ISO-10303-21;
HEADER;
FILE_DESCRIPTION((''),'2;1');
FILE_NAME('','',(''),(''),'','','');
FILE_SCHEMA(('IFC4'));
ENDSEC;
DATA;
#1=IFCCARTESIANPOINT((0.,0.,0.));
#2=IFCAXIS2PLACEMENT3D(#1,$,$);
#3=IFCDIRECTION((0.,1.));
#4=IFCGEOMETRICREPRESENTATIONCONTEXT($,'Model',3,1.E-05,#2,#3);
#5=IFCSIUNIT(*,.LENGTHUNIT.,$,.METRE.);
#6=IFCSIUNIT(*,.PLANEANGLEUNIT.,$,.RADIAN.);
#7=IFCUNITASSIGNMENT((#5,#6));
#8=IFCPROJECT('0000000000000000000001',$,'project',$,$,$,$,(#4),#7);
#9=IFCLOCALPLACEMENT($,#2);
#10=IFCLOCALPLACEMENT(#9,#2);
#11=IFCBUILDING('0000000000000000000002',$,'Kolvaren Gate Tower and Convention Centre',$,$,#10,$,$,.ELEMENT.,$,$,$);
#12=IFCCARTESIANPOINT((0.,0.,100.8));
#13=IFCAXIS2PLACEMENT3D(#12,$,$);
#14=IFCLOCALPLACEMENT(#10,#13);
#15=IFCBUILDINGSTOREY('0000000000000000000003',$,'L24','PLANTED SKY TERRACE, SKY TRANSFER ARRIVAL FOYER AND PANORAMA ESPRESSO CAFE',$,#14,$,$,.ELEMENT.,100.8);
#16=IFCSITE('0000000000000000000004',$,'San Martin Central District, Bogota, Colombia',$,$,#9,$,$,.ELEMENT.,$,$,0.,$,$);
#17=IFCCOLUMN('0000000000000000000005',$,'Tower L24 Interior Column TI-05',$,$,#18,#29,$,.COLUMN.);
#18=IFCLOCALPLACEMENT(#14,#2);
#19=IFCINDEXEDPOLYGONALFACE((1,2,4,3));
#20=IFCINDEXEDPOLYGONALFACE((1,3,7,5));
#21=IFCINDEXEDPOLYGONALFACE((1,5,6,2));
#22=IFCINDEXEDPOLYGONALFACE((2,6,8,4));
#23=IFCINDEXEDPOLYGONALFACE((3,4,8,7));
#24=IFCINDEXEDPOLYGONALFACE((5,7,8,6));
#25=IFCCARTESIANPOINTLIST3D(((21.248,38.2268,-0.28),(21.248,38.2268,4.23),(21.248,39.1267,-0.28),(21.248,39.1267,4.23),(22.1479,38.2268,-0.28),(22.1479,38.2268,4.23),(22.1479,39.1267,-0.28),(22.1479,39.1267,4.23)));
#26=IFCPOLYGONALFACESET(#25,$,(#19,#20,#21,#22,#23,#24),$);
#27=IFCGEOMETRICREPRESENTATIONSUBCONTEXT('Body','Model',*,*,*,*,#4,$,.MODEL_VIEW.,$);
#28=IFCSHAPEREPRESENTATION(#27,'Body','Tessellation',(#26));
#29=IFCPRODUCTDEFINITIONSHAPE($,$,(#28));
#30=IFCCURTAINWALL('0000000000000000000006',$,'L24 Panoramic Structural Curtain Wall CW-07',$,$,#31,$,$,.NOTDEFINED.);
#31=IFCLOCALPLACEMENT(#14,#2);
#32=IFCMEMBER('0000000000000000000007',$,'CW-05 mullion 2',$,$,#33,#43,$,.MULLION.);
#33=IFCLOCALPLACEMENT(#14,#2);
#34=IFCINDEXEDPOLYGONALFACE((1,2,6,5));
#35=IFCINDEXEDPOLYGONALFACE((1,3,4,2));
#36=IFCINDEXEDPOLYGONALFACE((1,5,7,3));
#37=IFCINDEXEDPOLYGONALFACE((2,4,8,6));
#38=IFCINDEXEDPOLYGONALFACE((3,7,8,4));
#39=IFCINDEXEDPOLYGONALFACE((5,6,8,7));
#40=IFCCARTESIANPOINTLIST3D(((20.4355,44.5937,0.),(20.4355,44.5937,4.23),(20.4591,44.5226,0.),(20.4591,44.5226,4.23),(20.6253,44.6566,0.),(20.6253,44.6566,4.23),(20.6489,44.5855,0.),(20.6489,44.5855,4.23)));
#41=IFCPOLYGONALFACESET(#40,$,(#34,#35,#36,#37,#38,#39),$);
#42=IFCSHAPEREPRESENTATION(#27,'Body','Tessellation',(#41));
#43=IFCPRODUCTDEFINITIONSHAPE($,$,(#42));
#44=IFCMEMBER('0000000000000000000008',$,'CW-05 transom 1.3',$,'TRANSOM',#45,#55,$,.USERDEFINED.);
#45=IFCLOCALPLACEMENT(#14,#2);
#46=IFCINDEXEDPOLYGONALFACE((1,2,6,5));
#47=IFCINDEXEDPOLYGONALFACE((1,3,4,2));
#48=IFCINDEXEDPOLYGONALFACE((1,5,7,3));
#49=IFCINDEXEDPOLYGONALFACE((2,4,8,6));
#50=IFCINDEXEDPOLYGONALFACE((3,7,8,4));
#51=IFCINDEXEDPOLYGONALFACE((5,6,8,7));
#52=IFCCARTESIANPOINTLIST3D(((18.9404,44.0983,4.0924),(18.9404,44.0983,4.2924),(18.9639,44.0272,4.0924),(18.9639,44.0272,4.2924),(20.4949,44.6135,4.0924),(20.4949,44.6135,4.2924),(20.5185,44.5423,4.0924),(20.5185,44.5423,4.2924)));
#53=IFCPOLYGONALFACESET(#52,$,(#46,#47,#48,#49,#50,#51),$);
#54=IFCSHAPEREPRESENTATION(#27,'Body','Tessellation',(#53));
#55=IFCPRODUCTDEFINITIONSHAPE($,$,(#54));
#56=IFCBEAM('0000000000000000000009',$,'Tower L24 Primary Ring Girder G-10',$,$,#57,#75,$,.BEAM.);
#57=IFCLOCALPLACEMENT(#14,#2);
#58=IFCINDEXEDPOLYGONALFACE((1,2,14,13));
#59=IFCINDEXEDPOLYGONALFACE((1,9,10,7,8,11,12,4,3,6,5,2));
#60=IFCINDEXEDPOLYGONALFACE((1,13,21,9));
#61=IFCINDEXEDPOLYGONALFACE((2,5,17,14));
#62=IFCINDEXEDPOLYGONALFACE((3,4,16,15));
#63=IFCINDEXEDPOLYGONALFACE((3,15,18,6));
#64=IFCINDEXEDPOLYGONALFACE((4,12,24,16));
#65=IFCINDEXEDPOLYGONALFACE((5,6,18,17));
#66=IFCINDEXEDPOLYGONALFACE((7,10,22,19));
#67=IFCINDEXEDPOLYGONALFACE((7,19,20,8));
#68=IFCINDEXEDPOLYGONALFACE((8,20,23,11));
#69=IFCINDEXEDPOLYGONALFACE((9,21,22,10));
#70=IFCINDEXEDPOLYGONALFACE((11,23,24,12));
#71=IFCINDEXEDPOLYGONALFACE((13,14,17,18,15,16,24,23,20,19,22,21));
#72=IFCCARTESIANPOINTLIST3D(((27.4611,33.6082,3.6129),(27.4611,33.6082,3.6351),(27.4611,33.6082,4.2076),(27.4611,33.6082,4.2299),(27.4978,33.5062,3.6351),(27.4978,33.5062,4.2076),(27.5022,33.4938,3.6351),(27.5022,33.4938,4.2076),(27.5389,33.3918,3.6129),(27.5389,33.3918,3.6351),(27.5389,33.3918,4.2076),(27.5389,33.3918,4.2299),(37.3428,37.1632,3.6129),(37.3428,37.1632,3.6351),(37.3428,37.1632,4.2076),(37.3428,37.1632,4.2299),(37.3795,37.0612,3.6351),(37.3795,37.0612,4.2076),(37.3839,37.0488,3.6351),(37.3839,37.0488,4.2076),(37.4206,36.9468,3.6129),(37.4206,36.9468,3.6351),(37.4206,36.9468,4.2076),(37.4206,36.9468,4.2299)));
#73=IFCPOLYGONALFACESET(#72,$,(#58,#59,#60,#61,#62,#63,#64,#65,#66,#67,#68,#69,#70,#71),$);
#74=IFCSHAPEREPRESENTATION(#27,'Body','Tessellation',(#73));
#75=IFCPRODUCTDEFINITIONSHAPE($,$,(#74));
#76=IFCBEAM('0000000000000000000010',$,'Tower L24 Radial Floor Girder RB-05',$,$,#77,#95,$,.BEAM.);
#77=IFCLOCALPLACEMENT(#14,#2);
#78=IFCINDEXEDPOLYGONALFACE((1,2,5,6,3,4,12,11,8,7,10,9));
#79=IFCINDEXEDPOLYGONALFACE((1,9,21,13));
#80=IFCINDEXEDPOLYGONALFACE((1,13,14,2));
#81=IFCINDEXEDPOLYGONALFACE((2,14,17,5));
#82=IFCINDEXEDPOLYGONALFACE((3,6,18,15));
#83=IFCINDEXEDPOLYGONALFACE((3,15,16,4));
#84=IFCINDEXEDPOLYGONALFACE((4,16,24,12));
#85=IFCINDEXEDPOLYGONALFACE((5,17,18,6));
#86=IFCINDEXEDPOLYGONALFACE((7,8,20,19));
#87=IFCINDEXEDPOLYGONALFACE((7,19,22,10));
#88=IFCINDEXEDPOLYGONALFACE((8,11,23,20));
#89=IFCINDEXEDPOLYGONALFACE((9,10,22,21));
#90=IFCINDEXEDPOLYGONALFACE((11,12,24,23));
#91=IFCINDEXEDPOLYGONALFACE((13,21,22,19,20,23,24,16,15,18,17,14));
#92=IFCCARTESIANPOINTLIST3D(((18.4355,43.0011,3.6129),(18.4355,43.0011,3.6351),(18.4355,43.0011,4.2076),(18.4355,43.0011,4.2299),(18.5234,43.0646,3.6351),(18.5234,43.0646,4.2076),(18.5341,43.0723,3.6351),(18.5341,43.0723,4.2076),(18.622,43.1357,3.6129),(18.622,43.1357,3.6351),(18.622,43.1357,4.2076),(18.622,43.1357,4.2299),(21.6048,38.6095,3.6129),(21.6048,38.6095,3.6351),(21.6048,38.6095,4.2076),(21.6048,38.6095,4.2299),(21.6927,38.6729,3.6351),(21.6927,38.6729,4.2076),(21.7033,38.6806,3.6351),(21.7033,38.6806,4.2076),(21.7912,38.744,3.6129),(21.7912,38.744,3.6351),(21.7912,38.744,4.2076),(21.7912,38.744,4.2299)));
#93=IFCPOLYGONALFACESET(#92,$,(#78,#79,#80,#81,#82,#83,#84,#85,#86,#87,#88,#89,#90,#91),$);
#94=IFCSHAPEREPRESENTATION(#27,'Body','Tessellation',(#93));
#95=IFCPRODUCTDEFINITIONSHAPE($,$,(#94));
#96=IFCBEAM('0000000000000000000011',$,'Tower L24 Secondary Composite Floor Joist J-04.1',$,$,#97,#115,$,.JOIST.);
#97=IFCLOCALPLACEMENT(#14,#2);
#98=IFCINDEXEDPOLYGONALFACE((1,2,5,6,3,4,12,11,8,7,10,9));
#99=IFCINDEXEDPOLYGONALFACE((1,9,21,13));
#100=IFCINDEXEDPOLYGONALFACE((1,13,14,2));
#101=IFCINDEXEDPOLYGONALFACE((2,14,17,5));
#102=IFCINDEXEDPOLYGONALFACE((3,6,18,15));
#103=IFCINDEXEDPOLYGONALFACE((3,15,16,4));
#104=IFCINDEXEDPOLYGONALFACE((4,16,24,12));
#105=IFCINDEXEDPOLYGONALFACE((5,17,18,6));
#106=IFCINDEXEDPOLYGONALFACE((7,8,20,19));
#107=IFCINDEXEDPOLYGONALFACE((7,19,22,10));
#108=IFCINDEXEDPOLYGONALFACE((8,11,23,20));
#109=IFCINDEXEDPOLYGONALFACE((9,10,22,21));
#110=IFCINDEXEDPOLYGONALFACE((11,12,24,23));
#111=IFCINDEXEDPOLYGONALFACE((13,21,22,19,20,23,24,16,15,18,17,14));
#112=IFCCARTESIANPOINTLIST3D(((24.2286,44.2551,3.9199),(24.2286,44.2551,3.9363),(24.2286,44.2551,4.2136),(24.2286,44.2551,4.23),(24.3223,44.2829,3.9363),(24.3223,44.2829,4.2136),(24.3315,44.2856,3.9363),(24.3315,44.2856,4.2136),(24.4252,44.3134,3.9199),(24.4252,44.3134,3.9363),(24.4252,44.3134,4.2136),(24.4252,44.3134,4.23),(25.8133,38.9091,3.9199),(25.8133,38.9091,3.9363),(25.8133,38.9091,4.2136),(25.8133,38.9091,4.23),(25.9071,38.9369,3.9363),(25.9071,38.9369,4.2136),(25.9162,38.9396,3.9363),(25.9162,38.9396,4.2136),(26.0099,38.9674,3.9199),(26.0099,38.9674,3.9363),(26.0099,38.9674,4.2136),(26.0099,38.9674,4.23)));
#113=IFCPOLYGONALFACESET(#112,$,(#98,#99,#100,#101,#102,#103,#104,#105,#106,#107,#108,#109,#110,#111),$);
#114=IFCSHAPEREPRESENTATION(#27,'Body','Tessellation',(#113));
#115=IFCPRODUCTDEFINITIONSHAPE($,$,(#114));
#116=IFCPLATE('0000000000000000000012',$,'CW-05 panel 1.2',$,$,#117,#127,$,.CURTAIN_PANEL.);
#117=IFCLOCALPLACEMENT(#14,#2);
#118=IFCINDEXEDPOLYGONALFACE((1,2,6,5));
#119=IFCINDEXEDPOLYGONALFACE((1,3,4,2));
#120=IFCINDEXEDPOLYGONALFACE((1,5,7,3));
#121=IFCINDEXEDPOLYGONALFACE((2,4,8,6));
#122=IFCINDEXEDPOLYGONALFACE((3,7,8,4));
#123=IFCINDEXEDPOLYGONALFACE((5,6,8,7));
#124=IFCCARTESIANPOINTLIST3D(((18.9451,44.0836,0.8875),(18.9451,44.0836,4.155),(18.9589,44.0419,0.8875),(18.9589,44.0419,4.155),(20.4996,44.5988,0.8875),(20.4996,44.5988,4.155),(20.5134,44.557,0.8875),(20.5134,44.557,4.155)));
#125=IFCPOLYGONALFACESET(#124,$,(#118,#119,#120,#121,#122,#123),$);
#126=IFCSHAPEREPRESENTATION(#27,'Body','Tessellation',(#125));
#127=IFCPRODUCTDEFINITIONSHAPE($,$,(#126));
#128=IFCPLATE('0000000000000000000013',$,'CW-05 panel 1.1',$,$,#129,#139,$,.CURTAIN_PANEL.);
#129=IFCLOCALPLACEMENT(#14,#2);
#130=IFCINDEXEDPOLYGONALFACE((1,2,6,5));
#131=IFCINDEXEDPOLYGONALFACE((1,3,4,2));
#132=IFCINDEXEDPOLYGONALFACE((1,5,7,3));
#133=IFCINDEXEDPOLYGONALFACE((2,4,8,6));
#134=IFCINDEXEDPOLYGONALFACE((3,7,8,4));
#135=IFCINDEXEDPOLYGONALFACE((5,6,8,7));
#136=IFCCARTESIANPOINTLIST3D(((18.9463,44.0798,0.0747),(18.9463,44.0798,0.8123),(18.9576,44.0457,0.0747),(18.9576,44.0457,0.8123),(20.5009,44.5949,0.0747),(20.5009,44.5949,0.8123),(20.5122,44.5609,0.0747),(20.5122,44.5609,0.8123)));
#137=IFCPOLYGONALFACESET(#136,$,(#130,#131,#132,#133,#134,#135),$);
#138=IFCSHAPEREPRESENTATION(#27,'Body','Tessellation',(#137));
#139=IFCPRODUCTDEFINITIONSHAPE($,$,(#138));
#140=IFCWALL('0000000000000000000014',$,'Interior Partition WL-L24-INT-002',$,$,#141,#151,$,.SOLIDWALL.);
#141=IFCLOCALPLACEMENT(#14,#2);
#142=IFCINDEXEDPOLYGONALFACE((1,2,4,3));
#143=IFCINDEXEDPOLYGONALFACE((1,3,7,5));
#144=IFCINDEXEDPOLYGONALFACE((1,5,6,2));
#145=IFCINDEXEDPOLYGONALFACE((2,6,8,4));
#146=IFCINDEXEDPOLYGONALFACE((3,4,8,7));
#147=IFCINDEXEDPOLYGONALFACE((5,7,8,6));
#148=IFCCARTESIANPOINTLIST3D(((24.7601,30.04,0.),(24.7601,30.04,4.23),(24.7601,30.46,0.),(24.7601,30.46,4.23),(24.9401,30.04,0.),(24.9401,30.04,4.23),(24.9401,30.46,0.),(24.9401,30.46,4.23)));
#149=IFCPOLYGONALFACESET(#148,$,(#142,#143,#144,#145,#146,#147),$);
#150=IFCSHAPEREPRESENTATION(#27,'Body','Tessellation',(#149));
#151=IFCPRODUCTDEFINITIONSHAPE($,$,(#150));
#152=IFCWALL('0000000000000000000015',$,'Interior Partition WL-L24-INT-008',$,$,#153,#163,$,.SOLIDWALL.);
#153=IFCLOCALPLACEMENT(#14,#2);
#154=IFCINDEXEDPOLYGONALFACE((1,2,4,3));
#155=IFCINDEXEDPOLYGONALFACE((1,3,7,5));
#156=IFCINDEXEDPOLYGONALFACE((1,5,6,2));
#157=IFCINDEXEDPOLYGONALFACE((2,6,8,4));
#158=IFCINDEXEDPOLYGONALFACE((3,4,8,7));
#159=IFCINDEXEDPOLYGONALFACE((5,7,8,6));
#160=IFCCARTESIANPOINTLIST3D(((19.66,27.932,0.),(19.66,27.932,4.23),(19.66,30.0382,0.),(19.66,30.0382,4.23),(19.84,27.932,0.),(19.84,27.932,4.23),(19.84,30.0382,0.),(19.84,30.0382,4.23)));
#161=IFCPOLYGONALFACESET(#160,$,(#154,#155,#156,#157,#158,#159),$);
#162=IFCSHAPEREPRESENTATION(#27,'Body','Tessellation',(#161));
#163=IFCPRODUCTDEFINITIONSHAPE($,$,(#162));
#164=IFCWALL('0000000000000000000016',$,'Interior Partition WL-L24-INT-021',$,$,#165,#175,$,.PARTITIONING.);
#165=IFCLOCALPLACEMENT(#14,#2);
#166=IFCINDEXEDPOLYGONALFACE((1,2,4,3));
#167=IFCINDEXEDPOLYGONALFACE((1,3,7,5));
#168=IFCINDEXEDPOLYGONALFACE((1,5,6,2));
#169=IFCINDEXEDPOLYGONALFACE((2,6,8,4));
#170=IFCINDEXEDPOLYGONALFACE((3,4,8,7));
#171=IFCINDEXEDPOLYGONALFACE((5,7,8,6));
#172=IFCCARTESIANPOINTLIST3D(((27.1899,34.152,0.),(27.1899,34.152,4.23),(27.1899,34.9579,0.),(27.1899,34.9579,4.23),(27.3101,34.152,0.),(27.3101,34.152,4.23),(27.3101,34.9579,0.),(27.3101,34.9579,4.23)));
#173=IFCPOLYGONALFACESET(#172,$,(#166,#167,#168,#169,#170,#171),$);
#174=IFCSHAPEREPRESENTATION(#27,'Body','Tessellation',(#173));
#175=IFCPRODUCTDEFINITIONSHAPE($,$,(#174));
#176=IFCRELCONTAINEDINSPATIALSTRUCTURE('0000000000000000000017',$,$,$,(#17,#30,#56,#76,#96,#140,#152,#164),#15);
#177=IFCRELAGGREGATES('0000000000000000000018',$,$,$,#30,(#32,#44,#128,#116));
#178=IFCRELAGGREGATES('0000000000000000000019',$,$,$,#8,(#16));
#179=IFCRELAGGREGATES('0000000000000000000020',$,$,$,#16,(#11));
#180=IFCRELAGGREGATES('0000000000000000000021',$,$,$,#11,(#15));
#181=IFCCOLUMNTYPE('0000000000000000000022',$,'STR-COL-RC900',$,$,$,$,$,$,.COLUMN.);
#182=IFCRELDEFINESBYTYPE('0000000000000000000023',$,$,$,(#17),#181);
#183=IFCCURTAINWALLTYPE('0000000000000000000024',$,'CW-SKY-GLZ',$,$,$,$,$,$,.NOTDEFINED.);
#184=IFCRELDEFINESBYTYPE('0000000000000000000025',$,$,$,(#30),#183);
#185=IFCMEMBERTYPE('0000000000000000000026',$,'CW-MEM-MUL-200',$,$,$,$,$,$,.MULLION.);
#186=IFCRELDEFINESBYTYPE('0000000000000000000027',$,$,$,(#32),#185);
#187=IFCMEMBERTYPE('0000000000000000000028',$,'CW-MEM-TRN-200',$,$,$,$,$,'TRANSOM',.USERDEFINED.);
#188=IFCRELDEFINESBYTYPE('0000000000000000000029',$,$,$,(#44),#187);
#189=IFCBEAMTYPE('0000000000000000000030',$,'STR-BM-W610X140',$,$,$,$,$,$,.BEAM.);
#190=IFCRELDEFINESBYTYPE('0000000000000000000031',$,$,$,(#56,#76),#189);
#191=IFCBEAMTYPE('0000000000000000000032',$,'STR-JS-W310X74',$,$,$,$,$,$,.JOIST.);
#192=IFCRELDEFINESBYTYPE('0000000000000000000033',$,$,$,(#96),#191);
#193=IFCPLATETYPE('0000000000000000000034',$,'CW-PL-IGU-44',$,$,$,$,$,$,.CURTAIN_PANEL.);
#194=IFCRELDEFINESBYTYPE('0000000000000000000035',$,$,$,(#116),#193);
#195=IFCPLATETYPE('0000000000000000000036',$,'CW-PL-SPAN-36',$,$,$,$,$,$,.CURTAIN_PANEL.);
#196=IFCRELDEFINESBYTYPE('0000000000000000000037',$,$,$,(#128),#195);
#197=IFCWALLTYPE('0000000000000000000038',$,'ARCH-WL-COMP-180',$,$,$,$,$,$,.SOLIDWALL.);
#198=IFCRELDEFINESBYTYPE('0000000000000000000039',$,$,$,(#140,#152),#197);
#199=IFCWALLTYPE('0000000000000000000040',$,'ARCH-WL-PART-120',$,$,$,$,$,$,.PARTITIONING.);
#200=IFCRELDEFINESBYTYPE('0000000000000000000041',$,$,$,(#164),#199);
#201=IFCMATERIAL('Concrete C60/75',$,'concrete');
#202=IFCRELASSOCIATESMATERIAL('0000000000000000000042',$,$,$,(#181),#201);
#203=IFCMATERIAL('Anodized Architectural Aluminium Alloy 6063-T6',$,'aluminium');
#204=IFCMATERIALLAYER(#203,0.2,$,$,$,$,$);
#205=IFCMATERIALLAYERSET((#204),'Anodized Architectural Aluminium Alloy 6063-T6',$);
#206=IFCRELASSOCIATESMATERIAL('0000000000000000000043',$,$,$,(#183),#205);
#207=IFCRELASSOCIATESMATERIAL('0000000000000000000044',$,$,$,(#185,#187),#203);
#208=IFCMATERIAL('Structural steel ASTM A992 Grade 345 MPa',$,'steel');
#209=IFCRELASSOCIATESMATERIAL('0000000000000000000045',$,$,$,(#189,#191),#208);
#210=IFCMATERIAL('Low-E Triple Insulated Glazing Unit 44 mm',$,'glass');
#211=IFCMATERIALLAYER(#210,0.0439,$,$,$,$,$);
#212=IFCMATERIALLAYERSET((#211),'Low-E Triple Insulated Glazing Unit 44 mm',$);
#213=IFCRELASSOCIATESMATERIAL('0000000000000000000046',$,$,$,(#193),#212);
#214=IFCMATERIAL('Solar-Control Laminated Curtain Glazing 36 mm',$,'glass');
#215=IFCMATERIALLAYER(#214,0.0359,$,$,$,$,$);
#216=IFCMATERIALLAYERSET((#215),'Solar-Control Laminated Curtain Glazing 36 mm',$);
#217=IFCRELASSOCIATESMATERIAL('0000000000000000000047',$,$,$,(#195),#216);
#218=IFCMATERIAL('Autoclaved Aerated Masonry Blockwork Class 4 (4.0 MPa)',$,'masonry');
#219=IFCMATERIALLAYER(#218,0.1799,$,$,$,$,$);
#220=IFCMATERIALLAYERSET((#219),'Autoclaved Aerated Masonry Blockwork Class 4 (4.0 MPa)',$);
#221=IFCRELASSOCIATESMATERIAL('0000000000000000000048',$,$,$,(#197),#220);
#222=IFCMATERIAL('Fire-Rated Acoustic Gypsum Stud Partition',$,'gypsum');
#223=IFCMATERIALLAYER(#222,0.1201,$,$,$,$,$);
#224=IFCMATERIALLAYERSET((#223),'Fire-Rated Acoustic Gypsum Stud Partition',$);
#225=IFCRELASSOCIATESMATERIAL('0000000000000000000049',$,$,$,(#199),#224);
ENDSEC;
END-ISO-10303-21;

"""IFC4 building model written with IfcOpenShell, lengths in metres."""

from ifc_helpers import new_model, si_unit, direction, frame, frame_2d, origin, origin_2d, place, context, subcontext, project, spatial, rectangle, i_section, extrude, material, layer, layer_set, material_profile, profile_set, type_object, element, aggregate, save


model = new_model("IFC4")

# Units and contexts
model_context = context("Model", 3, precision=1e-05, world=origin(), true_north=direction((0.0, 1.0)))
body_context = subcontext(model_context, "Body", "Model", "MODEL_VIEW")
ifc_project = project(units=[si_unit("LENGTHUNIT", "METRE"), si_unit("PLANEANGLEUNIT", "RADIAN")], contexts=[model_context])

# Site, building, storey
site_placement = place(None, origin())
site = spatial("IfcSite", under=ifc_project, at=site_placement, Name="San Martin Central District, Bogota, Colombia", CompositionType="ELEMENT", RefElevation=0.0)
building_placement = place(site_placement, origin())
building = spatial("IfcBuilding", under=site, at=building_placement, Name="Kolvaren Gate Tower and Convention Centre", CompositionType="ELEMENT")
storey_placement = place(building_placement, frame((0.0, 0.0, 100.8)))
storey = spatial("IfcBuildingStorey", under=building, at=storey_placement, Name="L24", Description="PLANTED SKY TERRACE, SKY TRANSFER ARRIVAL FOYER AND PANORAMA ESPRESSO CAFE", CompositionType="ELEMENT", Elevation=100.8)

# Column
ifc_material_1 = material(Name="Concrete C60/75", Category="concrete")
ifc_material_profile_1 = material_profile(ifc_material_1, rectangle(XDim=0.8999, YDim=0.8999, at=origin_2d()), Name="RC-COL-900X900")
ifc_profile_set_1 = profile_set([ifc_material_profile_1], Name="Concrete C60/75")
column_type = type_object("IfcColumnType", Name="STR-COL-RC900", PredefinedType="COLUMN", material=ifc_profile_set_1)
column_placement = place(storey_placement, frame((21.698, 38.6768, -0.28), z_axis=(0.0, 0.0, 1.0), x_axis=(1.0, 0.0, 0.0)))
element("IfcColumn", 1, at=column_placement, inside=storey, type_object=column_type, Name="Tower L24 Interior Column TI-05", PredefinedType="COLUMN", context=body_context, shape_type="SweptSolid", body=[
    extrude(rectangle(XDim=0.8999, YDim=0.8999, at=origin_2d()), origin(), (0.0, 0.0, 1.0), 4.51),
])

# Curtain wall, members
ifc_material_2 = material(Name="Anodized Architectural Aluminium Alloy 6063-T6", Category="aluminium")
ifc_layer_1 = layer(ifc_material_2, 0.2)
ifc_layer_set_1 = layer_set([ifc_layer_1], Name="Anodized Architectural Aluminium Alloy 6063-T6")
curtain_wall_type = type_object("IfcCurtainWallType", Name="CW-SKY-GLZ", PredefinedType="NOTDEFINED", material=ifc_layer_set_1)
curtain_wall_placement = place(storey_placement, origin())
curtain_wall = element("IfcCurtainWall", 2, at=curtain_wall_placement, inside=storey, type_object=curtain_wall_type, Name="L24 Panoramic Structural Curtain Wall CW-07", PredefinedType="NOTDEFINED")
ifc_material_profile_2 = material_profile(ifc_material_2, rectangle(XDim=0.075, YDim=0.2, at=origin_2d()), Name="CW-MEM-MUL-200")
ifc_profile_set_2 = profile_set([ifc_material_profile_2], Name="Anodized Architectural Aluminium Alloy 6063-T6")
member_type_1 = type_object("IfcMemberType", Name="CW-MEM-MUL-200", PredefinedType="MULLION", material=ifc_profile_set_2)
member_1_placement = place(storey_placement, frame((20.5422, 44.5896, 0.0), z_axis=(0.0, 0.0, 1.0), x_axis=(-0.314565, 0.949236, 0.0)))
member_1 = element("IfcMember", 3, at=member_1_placement, type_object=member_type_1, Name="CW-05 mullion 2", PredefinedType="MULLION", context=body_context, shape_type="SweptSolid", body=[
    extrude(rectangle(XDim=0.075, YDim=0.2, at=origin_2d()), origin(), (0.0, 0.0, 1.0), 4.23),
])
ifc_material_profile_3 = material_profile(ifc_material_2, rectangle(XDim=0.075, YDim=0.2, at=origin_2d()), Name="CW-MEM-TRN-200")
ifc_profile_set_3 = profile_set([ifc_material_profile_3], Name="Anodized Architectural Aluminium Alloy 6063-T6")
member_type_2 = type_object("IfcMemberType", Name="CW-MEM-TRN-200", ElementType="TRANSOM", PredefinedType="USERDEFINED", material=ifc_profile_set_3)
member_2_placement = place(storey_placement, frame((18.9521, 44.0627, 4.1924), z_axis=(0.949233, 0.314572, 0.0), x_axis=(-0.314572, 0.949233, 0.0)))
member_2 = element("IfcMember", 4, at=member_2_placement, type_object=member_type_2, Name="CW-05 transom 1.3", ObjectType="TRANSOM", PredefinedType="USERDEFINED", context=body_context, shape_type="SweptSolid", body=[
    extrude(rectangle(XDim=0.075, YDim=0.2, at=origin_2d()), origin(), (0.0, 0.0, 1.0), 1.6377),
])

# Beams
ifc_material_3 = material(Name="Structural steel ASTM A992 Grade 345 MPa", Category="steel")
ifc_material_profile_4 = material_profile(ifc_material_3, i_section(OverallWidth=0.23, OverallDepth=0.6169, WebThickness=0.0132, FlangeThickness=0.0222, at=origin_2d()), Name="W610X140")
ifc_profile_set_4 = profile_set([ifc_material_profile_4], Name="Structural steel ASTM A992 Grade 345 MPa")
beam_type_1 = type_object("IfcBeamType", Name="STR-BM-W610X140", PredefinedType="BEAM", material=ifc_profile_set_4)
beam_1_placement = place(storey_placement, frame((27.5, 33.5, 3.9214), z_axis=(0.940961, 0.338514, 0.0), x_axis=(-0.338514, 0.940961, 0.0)))
element("IfcBeam", 5, at=beam_1_placement, inside=storey, type_object=beam_type_1, Name="Tower L24 Primary Ring Girder G-10", PredefinedType="BEAM", context=body_context, shape_type="SweptSolid", body=[
    extrude(i_section(OverallWidth=0.23, OverallDepth=0.6169, WebThickness=0.0132, FlangeThickness=0.0222, at=origin_2d()), origin(), (0.0, 0.0, 1.0), 10.5017),
])
beam_2_placement = place(storey_placement, frame((21.698, 38.6768, 3.9214), z_axis=(-0.585184, 0.8109, 0.0), x_axis=(-0.8109, -0.585184, 0.0)))
element("IfcBeam", 6, at=beam_2_placement, inside=storey, type_object=beam_type_1, Name="Tower L24 Radial Floor Girder RB-05", PredefinedType="BEAM", context=body_context, shape_type="SweptSolid", body=[
    extrude(i_section(OverallWidth=0.23, OverallDepth=0.6169, WebThickness=0.0132, FlangeThickness=0.0222, at=origin_2d()), origin(), (0.0, 0.0, 1.0), 5.4158),
])
ifc_material_profile_5 = material_profile(ifc_material_3, i_section(OverallWidth=0.2051, OverallDepth=0.3101, WebThickness=0.0095, FlangeThickness=0.0164, at=origin_2d()), Name="W310X74")
ifc_profile_set_5 = profile_set([ifc_material_profile_5], Name="Structural steel ASTM A992 Grade 345 MPa")
beam_type_2 = type_object("IfcBeamType", Name="STR-JS-W310X74", PredefinedType="JOIST", material=ifc_profile_set_5)
beam_3_placement = place(storey_placement, frame((25.9116, 38.9382, 4.075), z_axis=(-0.284209, 0.958762, 0.0), x_axis=(-0.958762, -0.284209, 0.0)))
element("IfcBeam", 7, at=beam_3_placement, inside=storey, type_object=beam_type_2, Name="Tower L24 Secondary Composite Floor Joist J-04.1", PredefinedType="JOIST", context=body_context, shape_type="SweptSolid", body=[
    extrude(i_section(OverallWidth=0.2051, OverallDepth=0.3101, WebThickness=0.0095, FlangeThickness=0.0164, at=origin_2d()), origin(), (0.0, 0.0, 1.0), 5.5759),
])

# Plates
ifc_material_4 = material(Name="Low-E Triple Insulated Glazing Unit 44 mm", Category="glass")
ifc_layer_2 = layer(ifc_material_4, 0.0439)
ifc_layer_set_2 = layer_set([ifc_layer_2], Name="Low-E Triple Insulated Glazing Unit 44 mm")
plate_type_1 = type_object("IfcPlateType", Name="CW-PL-IGU-44", PredefinedType="CURTAIN_PANEL", material=ifc_layer_set_2)
plate_1_placement = place(storey_placement, frame((19.7292, 44.3203, 0.8875), z_axis=(0.0, 0.0, 1.0), x_axis=(0.949236, 0.314565, 0.0)))
plate_1 = element("IfcPlate", 8, at=plate_1_placement, type_object=plate_type_1, Name="CW-05 panel 1.2", PredefinedType="CURTAIN_PANEL", context=body_context, shape_type="SweptSolid", body=[
    extrude(rectangle(XDim=1.6377, YDim=0.0439, at=origin_2d()), origin(), (0.0, 0.0, 1.0), 3.2676),
])
ifc_material_5 = material(Name="Solar-Control Laminated Curtain Glazing 36 mm", Category="glass")
ifc_layer_3 = layer(ifc_material_5, 0.0359)
ifc_layer_set_3 = layer_set([ifc_layer_3], Name="Solar-Control Laminated Curtain Glazing 36 mm")
plate_type_2 = type_object("IfcPlateType", Name="CW-PL-SPAN-36", PredefinedType="CURTAIN_PANEL", material=ifc_layer_set_3)
plate_2_placement = place(storey_placement, frame((19.7292, 44.3203, 0.0747), z_axis=(0.0, 0.0, 1.0), x_axis=(0.949236, 0.314565, 0.0)))
plate_2 = element("IfcPlate", 9, at=plate_2_placement, type_object=plate_type_2, Name="CW-05 panel 1.1", PredefinedType="CURTAIN_PANEL", context=body_context, shape_type="SweptSolid", body=[
    extrude(rectangle(XDim=1.6377, YDim=0.0359, at=origin_2d()), origin(), (0.0, 0.0, 1.0), 0.7375),
])
aggregate(curtain_wall, [member_1, member_2, plate_2, plate_1])

# Walls
ifc_material_6 = material(Name="Autoclaved Aerated Masonry Blockwork Class 4 (4.0 MPa)", Category="masonry")
ifc_layer_4 = layer(ifc_material_6, 0.1799)
ifc_layer_set_4 = layer_set([ifc_layer_4], Name="Autoclaved Aerated Masonry Blockwork Class 4 (4.0 MPa)")
wall_type_1 = type_object("IfcWallType", Name="ARCH-WL-COMP-180", PredefinedType="SOLIDWALL", material=ifc_layer_set_4)
wall_1_placement = place(storey_placement, frame((24.8501, 30.04, 0.0), z_axis=(0.0, 0.0, 1.0), x_axis=(0.0, 1.0, 0.0)))
element("IfcWall", 10, at=wall_1_placement, inside=storey, type_object=wall_type_1, Name="Interior Partition WL-L24-INT-002", PredefinedType="SOLIDWALL", context=body_context, shape_type="SweptSolid", body=[
    extrude(rectangle(XDim=0.4199, YDim=0.1799, at=frame_2d((0.21, 0.0))), origin(), (0.0, 0.0, 1.0), 4.23),
])
wall_2_placement = place(storey_placement, frame((19.75, 27.9319, 0.0), z_axis=(0.0, 0.0, 1.0), x_axis=(0.0, 1.0, 0.0)))
element("IfcWall", 11, at=wall_2_placement, inside=storey, type_object=wall_type_1, Name="Interior Partition WL-L24-INT-008", PredefinedType="SOLIDWALL", context=body_context, shape_type="SweptSolid", body=[
    extrude(rectangle(XDim=2.1062, YDim=0.1799, at=frame_2d((1.0532, 0.0))), origin(), (0.0, 0.0, 1.0), 4.23),
])
ifc_material_7 = material(Name="Fire-Rated Acoustic Gypsum Stud Partition", Category="gypsum")
ifc_layer_5 = layer(ifc_material_7, 0.1201)
ifc_layer_set_5 = layer_set([ifc_layer_5], Name="Fire-Rated Acoustic Gypsum Stud Partition")
wall_type_2 = type_object("IfcWallType", Name="ARCH-WL-PART-120", PredefinedType="PARTITIONING", material=ifc_layer_set_5)
wall_3_placement = place(storey_placement, frame((27.25, 34.1521, 0.0), z_axis=(0.0, 0.0, 1.0), x_axis=(0.0, 1.0, 0.0)))
element("IfcWall", 12, at=wall_3_placement, inside=storey, type_object=wall_type_2, Name="Interior Partition WL-L24-INT-021", PredefinedType="PARTITIONING", context=body_context, shape_type="SweptSolid", body=[
    extrude(rectangle(XDim=0.8059, YDim=0.1201, at=frame_2d((0.4028, 0.0))), origin(), (0.0, 0.0, 1.0), 4.23),
])

save(model, "model.ifc")
